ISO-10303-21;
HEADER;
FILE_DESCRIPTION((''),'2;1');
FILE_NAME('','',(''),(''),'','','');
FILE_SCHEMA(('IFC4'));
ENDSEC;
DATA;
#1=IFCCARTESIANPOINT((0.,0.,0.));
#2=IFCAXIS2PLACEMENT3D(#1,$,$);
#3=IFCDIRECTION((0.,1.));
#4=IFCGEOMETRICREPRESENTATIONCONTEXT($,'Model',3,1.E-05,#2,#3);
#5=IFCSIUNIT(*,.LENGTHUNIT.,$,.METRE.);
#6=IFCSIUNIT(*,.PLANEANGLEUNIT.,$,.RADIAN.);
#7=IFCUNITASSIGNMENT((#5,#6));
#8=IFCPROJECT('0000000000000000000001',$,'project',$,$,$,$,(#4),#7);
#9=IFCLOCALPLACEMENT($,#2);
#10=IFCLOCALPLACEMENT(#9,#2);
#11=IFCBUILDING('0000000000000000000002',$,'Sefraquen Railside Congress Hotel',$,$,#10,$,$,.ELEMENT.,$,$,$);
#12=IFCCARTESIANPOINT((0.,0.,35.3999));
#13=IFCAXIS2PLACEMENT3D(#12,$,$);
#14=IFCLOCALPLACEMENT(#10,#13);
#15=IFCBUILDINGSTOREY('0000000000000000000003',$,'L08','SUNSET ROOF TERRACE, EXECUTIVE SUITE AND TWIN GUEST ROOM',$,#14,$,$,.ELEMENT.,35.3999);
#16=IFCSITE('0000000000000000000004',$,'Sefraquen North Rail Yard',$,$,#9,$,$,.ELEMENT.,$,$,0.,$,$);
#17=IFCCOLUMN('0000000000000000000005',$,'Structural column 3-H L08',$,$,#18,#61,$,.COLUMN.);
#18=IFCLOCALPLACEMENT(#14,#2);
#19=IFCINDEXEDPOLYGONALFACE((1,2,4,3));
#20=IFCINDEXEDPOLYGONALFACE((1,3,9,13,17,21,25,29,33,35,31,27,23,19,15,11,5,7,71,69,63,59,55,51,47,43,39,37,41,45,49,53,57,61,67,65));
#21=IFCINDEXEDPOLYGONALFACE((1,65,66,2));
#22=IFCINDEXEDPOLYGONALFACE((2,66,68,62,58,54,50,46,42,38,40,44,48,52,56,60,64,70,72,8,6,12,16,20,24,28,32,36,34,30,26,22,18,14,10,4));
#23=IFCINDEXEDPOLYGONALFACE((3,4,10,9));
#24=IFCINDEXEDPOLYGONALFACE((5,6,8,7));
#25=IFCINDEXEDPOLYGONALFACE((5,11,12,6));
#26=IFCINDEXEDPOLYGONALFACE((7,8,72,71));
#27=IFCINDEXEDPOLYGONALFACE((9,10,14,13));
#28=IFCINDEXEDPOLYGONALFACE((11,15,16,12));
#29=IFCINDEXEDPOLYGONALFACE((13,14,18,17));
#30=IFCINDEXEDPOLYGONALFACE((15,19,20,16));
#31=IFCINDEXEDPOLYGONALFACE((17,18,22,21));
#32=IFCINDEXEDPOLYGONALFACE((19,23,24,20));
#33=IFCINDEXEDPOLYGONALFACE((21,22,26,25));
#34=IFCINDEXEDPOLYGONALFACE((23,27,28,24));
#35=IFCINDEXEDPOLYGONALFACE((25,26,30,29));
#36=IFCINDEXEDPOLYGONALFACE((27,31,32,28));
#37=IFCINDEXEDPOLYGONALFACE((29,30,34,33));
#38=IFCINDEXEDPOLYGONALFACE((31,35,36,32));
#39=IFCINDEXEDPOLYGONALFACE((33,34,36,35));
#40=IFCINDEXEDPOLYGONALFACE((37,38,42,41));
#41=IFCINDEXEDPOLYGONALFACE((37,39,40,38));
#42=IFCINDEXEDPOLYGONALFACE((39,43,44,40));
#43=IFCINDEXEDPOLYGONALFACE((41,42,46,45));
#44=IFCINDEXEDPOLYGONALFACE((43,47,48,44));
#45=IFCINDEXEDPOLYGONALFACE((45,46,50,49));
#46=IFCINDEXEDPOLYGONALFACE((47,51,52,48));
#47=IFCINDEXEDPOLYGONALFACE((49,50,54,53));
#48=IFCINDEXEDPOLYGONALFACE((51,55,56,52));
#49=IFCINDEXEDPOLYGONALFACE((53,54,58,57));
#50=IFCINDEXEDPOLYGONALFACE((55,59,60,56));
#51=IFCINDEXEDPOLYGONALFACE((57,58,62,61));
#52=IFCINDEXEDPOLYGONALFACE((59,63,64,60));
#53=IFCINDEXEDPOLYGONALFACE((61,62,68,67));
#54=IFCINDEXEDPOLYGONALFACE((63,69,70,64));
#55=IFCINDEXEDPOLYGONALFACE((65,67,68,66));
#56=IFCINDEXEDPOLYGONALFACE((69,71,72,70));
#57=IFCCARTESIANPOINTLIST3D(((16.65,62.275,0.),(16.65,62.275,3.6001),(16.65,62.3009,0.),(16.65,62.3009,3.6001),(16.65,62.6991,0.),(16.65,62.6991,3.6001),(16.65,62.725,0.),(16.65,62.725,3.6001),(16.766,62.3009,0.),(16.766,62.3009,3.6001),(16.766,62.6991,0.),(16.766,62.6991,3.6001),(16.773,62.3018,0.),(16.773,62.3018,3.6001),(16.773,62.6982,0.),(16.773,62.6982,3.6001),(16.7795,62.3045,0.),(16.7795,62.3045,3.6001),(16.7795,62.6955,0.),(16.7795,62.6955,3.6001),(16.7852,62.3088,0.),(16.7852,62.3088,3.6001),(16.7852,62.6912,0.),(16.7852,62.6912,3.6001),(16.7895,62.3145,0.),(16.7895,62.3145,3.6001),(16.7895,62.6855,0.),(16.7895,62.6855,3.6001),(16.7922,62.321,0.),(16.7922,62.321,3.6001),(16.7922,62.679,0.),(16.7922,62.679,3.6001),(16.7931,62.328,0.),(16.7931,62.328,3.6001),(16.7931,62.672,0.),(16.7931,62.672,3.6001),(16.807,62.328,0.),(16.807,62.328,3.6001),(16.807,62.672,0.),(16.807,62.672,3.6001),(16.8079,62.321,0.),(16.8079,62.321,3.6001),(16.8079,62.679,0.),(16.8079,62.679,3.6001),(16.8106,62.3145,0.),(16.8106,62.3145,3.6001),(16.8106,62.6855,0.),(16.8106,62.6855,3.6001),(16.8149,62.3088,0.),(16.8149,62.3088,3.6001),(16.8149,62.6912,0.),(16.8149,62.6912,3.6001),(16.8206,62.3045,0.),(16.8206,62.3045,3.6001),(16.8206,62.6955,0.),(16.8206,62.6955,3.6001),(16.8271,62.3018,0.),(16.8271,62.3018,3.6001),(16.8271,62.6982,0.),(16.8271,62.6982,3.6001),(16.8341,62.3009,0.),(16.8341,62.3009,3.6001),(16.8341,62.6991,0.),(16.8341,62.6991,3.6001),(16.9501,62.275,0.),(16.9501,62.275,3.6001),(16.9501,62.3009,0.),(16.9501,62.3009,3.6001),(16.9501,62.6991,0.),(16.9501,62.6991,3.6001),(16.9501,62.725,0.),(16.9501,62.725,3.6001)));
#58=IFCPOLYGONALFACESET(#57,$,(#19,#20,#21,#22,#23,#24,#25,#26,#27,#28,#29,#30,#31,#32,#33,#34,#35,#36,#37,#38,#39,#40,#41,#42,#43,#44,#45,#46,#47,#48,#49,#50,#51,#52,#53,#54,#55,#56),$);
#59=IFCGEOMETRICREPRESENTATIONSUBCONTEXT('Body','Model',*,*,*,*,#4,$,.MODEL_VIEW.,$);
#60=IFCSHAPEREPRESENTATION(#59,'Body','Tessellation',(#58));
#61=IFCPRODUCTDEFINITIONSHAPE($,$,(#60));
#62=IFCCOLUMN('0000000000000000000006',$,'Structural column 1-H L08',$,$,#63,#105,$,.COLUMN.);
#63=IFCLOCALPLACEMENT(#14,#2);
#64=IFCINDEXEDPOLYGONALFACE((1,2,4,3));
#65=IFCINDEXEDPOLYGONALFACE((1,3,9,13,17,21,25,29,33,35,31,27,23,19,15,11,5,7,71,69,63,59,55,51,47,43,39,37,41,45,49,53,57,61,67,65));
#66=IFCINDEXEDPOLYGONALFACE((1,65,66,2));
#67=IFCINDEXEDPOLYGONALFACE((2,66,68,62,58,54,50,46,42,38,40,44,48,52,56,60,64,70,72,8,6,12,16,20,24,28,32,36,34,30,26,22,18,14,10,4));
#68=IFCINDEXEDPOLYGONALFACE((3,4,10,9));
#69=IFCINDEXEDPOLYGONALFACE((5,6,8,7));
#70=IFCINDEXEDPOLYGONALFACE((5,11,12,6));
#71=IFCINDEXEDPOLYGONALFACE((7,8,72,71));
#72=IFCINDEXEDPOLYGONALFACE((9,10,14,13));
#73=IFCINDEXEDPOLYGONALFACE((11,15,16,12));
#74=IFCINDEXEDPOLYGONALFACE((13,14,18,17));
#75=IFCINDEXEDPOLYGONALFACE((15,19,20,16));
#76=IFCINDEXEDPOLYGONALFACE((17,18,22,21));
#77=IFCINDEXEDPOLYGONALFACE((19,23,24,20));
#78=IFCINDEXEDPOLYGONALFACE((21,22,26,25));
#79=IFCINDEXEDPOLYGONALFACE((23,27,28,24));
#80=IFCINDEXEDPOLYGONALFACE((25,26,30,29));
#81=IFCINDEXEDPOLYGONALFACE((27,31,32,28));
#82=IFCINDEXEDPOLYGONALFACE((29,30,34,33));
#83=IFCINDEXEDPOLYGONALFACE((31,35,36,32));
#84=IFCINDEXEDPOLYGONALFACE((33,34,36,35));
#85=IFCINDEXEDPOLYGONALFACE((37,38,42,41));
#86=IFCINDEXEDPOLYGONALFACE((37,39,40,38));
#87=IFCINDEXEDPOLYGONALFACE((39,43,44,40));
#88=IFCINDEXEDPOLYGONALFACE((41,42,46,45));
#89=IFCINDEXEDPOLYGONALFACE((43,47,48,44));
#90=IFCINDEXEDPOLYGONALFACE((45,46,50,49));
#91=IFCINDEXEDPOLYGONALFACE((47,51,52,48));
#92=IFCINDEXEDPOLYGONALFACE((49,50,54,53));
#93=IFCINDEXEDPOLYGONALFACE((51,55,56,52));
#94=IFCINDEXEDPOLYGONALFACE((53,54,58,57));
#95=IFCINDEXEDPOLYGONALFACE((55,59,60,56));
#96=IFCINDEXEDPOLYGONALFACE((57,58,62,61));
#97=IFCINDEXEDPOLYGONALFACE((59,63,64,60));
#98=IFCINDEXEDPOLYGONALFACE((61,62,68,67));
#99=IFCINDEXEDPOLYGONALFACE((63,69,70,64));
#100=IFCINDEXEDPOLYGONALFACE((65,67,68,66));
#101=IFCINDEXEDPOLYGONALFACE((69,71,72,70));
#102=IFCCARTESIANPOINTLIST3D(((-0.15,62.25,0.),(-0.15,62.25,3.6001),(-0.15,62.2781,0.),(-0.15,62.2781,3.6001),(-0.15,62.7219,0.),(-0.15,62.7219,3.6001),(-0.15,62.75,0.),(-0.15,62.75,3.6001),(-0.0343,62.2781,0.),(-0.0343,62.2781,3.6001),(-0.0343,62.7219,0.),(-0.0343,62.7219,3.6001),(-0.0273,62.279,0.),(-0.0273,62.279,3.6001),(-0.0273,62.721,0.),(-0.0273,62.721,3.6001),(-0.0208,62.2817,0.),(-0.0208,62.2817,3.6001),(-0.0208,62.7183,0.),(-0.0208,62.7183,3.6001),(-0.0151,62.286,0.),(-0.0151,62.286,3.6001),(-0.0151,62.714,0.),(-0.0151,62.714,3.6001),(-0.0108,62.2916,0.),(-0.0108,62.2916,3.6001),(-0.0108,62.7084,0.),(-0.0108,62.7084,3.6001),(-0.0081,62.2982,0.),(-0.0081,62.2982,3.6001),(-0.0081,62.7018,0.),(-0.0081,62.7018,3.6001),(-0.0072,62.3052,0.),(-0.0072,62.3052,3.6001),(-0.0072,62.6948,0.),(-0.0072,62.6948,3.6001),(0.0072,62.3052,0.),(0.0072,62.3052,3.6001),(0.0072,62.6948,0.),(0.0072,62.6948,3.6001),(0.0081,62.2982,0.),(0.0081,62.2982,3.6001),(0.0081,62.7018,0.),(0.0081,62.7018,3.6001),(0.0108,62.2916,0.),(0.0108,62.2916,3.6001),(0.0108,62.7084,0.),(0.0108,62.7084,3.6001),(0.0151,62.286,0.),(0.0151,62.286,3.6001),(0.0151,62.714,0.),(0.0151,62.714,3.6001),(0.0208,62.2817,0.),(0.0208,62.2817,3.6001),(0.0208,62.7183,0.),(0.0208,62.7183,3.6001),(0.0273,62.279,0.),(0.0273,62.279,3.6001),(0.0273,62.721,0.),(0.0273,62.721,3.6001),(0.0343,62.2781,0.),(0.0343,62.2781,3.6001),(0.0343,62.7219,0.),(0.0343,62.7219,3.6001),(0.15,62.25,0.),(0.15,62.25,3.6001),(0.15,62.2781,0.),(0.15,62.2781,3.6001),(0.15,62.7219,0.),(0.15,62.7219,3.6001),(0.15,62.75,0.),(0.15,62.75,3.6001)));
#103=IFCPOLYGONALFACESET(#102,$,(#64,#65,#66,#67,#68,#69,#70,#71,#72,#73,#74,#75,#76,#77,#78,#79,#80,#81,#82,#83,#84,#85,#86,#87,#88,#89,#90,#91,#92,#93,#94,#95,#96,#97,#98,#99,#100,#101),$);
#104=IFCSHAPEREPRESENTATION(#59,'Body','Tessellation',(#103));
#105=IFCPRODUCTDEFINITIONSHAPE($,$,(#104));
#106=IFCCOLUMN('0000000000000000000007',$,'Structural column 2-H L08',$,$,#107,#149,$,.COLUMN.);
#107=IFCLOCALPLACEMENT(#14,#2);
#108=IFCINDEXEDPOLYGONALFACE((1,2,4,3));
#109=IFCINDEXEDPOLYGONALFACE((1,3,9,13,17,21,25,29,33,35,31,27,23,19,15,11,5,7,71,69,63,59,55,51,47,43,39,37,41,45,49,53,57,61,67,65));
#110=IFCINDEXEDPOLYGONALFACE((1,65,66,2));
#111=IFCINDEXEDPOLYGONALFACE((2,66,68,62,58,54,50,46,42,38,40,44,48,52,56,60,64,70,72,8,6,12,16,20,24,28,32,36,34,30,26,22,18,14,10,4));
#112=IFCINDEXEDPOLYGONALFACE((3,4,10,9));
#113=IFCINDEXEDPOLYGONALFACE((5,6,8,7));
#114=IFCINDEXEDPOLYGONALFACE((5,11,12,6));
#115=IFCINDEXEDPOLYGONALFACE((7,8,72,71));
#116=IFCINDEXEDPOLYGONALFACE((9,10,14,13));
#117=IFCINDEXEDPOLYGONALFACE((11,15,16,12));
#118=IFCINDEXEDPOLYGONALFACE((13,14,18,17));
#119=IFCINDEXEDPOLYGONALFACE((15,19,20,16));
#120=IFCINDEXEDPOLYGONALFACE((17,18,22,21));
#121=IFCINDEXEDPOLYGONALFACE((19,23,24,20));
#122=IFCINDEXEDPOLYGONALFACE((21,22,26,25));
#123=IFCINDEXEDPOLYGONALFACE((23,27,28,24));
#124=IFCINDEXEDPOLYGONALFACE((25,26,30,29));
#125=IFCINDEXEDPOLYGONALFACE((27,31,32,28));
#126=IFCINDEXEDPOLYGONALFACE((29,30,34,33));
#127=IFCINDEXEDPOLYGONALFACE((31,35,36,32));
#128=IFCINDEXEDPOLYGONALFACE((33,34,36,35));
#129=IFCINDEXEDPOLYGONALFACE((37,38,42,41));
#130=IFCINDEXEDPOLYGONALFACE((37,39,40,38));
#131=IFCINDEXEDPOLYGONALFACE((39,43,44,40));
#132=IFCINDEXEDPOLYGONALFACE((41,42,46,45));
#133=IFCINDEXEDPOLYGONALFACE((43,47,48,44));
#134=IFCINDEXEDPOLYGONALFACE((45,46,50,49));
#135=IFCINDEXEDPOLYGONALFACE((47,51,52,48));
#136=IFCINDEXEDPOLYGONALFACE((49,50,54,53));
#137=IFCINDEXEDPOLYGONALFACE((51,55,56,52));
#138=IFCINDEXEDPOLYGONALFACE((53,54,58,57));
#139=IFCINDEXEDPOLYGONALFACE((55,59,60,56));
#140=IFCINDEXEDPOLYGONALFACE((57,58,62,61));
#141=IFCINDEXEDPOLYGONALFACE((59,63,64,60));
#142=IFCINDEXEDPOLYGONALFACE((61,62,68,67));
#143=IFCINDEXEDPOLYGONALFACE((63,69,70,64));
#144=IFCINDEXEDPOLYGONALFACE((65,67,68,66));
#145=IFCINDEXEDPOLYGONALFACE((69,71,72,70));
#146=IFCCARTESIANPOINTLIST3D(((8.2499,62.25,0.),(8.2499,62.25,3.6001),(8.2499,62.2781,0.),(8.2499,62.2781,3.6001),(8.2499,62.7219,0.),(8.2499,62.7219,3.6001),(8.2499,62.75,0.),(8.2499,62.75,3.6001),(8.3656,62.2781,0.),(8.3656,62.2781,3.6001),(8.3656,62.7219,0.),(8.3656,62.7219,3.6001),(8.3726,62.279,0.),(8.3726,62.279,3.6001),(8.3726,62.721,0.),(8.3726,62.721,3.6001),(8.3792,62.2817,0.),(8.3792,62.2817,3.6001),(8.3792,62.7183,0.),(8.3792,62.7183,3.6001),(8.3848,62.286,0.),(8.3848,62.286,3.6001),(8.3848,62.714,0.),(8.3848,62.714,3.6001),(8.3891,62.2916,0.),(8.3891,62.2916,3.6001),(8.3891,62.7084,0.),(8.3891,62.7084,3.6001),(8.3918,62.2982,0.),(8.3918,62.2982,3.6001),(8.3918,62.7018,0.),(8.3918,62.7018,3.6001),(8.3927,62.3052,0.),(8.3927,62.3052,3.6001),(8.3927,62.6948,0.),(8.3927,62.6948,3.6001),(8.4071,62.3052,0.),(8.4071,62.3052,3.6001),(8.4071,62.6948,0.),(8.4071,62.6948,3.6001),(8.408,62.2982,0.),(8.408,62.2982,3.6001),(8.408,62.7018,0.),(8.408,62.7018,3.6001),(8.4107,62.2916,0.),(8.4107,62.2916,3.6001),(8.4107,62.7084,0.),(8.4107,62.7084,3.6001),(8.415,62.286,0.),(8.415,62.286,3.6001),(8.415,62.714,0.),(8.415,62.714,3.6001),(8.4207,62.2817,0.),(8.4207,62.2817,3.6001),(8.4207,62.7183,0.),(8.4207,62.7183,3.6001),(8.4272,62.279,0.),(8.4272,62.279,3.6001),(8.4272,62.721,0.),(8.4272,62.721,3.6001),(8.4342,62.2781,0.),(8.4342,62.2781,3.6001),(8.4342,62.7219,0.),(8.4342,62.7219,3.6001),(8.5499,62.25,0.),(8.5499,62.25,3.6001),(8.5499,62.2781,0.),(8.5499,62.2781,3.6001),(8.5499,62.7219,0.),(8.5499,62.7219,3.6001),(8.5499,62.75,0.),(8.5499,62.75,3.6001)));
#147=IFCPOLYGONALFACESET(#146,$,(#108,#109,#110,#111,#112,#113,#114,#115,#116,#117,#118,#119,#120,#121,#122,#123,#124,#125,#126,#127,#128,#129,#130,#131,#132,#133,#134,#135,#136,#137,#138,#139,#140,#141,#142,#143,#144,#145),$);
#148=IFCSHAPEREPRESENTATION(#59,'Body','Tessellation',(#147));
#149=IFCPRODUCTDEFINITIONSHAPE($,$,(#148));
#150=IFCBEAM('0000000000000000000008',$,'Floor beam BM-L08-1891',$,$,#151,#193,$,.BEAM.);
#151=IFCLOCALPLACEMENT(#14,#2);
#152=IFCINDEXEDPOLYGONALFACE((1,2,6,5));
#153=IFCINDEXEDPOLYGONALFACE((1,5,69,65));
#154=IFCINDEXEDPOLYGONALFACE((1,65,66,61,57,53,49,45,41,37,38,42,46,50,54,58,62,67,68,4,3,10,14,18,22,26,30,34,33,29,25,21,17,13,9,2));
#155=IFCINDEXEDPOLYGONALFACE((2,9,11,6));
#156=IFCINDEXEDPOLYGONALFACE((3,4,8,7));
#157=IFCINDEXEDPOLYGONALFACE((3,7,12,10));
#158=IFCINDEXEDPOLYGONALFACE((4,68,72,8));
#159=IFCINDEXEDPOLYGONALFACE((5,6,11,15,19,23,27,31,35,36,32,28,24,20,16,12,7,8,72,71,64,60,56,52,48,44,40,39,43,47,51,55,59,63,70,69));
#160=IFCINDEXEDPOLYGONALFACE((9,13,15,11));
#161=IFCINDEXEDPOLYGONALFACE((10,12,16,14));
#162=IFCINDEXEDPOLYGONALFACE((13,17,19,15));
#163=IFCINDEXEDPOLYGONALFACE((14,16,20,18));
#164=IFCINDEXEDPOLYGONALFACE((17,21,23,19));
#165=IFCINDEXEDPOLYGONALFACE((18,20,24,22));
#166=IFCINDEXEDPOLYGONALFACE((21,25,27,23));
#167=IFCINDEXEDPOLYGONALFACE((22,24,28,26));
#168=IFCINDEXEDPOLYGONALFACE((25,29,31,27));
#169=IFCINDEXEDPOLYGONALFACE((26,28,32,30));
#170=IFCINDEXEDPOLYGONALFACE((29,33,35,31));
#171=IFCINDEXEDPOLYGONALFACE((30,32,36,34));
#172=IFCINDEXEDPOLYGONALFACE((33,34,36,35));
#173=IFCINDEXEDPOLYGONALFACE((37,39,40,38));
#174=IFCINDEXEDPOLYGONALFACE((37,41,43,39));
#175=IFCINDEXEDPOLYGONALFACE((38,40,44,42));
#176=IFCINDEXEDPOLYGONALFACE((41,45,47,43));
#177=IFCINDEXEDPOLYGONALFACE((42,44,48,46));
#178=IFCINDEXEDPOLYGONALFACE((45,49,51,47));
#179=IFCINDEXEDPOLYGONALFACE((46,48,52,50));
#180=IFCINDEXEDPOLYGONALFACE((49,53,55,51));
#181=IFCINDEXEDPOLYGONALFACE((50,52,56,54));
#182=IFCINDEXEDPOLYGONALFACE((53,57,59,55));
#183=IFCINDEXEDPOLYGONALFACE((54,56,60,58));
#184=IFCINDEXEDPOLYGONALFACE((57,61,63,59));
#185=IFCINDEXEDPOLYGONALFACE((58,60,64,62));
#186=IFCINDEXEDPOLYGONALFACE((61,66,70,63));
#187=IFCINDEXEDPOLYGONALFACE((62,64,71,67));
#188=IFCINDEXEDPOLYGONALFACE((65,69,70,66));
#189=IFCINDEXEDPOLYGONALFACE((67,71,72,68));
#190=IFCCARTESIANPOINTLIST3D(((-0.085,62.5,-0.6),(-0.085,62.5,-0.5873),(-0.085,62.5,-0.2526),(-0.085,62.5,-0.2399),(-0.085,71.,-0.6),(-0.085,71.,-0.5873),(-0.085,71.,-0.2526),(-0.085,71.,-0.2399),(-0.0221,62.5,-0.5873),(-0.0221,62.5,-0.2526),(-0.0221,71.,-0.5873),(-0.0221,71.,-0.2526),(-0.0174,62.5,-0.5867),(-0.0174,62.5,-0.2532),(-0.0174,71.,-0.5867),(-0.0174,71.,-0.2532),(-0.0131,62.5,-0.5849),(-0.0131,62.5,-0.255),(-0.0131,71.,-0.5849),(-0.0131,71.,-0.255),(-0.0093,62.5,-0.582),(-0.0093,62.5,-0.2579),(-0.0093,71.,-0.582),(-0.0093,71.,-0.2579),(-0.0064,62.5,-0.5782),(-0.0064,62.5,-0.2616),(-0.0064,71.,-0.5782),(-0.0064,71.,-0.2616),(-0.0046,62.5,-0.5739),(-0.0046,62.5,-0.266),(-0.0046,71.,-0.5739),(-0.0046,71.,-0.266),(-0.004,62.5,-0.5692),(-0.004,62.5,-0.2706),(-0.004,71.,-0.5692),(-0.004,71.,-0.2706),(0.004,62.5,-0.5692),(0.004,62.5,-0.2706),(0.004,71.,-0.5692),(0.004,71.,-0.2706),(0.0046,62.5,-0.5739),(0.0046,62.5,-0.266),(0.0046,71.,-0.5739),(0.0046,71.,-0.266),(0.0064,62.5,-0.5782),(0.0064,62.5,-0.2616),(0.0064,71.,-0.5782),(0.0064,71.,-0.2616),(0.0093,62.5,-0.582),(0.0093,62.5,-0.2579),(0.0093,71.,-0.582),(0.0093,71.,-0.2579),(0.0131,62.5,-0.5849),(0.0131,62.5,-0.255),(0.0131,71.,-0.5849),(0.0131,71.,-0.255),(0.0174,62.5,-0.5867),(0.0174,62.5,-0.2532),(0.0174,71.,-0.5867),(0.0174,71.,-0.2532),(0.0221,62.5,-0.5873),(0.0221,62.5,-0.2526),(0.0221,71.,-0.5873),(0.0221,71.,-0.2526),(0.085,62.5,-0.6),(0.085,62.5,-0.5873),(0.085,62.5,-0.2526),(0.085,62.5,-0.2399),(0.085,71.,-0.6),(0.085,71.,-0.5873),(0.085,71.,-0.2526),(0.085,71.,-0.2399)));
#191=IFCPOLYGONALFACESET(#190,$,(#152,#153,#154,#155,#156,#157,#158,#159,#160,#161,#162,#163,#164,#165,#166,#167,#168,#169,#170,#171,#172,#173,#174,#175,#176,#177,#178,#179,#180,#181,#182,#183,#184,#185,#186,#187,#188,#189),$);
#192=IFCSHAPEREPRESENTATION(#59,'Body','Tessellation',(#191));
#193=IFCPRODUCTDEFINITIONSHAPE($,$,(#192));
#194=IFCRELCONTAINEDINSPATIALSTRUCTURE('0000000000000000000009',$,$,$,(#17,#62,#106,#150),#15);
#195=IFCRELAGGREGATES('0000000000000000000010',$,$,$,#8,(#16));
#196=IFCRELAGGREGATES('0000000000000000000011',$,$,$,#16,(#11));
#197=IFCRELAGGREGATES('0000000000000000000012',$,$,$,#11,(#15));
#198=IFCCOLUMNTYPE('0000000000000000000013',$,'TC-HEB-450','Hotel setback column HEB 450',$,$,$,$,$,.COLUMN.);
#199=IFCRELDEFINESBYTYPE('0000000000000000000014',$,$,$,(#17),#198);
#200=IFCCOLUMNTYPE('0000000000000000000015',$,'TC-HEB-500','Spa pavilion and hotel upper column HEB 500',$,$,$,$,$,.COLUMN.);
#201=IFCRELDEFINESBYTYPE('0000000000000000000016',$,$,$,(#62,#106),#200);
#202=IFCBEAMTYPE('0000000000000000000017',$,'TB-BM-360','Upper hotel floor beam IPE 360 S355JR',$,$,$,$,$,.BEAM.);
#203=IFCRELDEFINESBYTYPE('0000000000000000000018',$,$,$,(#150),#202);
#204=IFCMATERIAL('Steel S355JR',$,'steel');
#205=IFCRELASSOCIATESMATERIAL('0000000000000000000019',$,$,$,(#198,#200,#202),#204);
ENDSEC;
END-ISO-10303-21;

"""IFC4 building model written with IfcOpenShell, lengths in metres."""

from ifc_helpers import new_model, si_unit, direction, frame, origin, origin_2d, place, context, subcontext, project, spatial, i_section, extrude, material, material_profile, profile_set, type_object, element, save


model = new_model("IFC4")

# Units and contexts
model_context = context("Model", 3, precision=1e-05, world=origin(), true_north=direction((0.0, 1.0)))
body_context = subcontext(model_context, "Body", "Model", "MODEL_VIEW")
ifc_project = project(units=[si_unit("LENGTHUNIT", "METRE"), si_unit("PLANEANGLEUNIT", "RADIAN")], contexts=[model_context])

# Site, building, storey
site_placement = place(None, origin())
site = spatial("IfcSite", under=ifc_project, at=site_placement, Name="Sefraquen North Rail Yard", CompositionType="ELEMENT", RefElevation=0.0)
building_placement = place(site_placement, origin())
building = spatial("IfcBuilding", under=site, at=building_placement, Name="Sefraquen Railside Congress Hotel", CompositionType="ELEMENT")
storey_placement = place(building_placement, frame((0.0, 0.0, 35.3999)))
storey = spatial("IfcBuildingStorey", under=building, at=storey_placement, Name="L08", Description="SUNSET ROOF TERRACE, EXECUTIVE SUITE AND TWIN GUEST ROOM", CompositionType="ELEMENT", Elevation=35.3999)

# Columns
ifc_material_1 = material(Name="Steel S355JR", Category="steel")
ifc_material_profile_1 = material_profile(ifc_material_1, i_section(OverallWidth=0.3, OverallDepth=0.45, WebThickness=0.0139, FlangeThickness=0.0259, FilletRadius=0.0271, at=origin_2d()), Name="HEB 450")
ifc_profile_set_1 = profile_set([ifc_material_profile_1], Name="Steel S355JR")
column_type_1 = type_object("IfcColumnType", Name="TC-HEB-450", Description="Hotel setback column HEB 450", PredefinedType="COLUMN", material=ifc_profile_set_1)
column_placement = place(storey_placement, frame((16.8, 62.5, 0.0), z_axis=(0.0, 0.0, 1.0), x_axis=(1.0, 0.0, 0.0)))
element("IfcColumn", 1, at=column_placement, inside=storey, type_object=column_type_1, Name="Structural column 3-H L08", PredefinedType="COLUMN", context=body_context, shape_type="SweptSolid", body=[
    extrude(i_section(OverallWidth=0.3, OverallDepth=0.45, WebThickness=0.0139, FlangeThickness=0.0259, FilletRadius=0.0271, at=origin_2d()), origin(), (0.0, 0.0, 1.0), 3.6001),
])
ifc_material_profile_2 = material_profile(ifc_material_1, i_section(OverallWidth=0.3, OverallDepth=0.5, WebThickness=0.0144, FlangeThickness=0.0281, FilletRadius=0.0271, at=origin_2d()), Name="HEB 500")
ifc_profile_set_2 = profile_set([ifc_material_profile_2], Name="Steel S355JR")
column_type_2 = type_object("IfcColumnType", Name="TC-HEB-500", Description="Spa pavilion and hotel upper column HEB 500", PredefinedType="COLUMN", material=ifc_profile_set_2)
for number, where, z_axis, x_axis, name in (
    (2, (0.0, 62.5, 0.0), (0.0, 0.0, 1.0), (1.0, 0.0, 0.0), "Structural column 1-H L08"),
    (3, (8.3999, 62.5, 0.0), (0.0, 0.0, 1.0), (1.0, 0.0, 0.0), "Structural column 2-H L08"),
):
    element("IfcColumn", number, at=place(storey_placement, frame(where, z_axis=z_axis, x_axis=x_axis)), inside=storey, type_object=column_type_2, Name=name, PredefinedType="COLUMN", context=body_context, shape_type="SweptSolid", body=[
        extrude(i_section(OverallWidth=0.3, OverallDepth=0.5, WebThickness=0.0144, FlangeThickness=0.0281, FilletRadius=0.0271, at=origin_2d()), origin(), (0.0, 0.0, 1.0), 3.6001),
    ])

# Beam
ifc_material_profile_3 = material_profile(ifc_material_1, i_section(OverallWidth=0.1699, OverallDepth=0.3601, WebThickness=0.0081, FlangeThickness=0.0127, FilletRadius=0.0181, at=origin_2d()), Name="IPE 360")
ifc_profile_set_3 = profile_set([ifc_material_profile_3], Name="Steel S355JR")
beam_type_1 = type_object("IfcBeamType", Name="TB-BM-360", Description="Upper hotel floor beam IPE 360 S355JR", PredefinedType="BEAM", material=ifc_profile_set_3)
for number, where, z_axis, x_axis, name in (
    (4, (0.0, 62.5, -0.4199), (0.0, 1.0, 0.0), (-1.0, 0.0, 0.0), "Floor beam BM-L08-1891"),
):
    element("IfcBeam", number, at=place(storey_placement, frame(where, z_axis=z_axis, x_axis=x_axis)), inside=storey, type_object=beam_type_1, Name=name, PredefinedType="BEAM", context=body_context, shape_type="SweptSolid", body=[
        extrude(i_section(OverallWidth=0.1699, OverallDepth=0.3601, WebThickness=0.0081, FlangeThickness=0.0127, FilletRadius=0.0181, at=origin_2d()), origin(), (0.0, 0.0, 1.0), 8.5),
    ])

save(model, "model.ifc")
